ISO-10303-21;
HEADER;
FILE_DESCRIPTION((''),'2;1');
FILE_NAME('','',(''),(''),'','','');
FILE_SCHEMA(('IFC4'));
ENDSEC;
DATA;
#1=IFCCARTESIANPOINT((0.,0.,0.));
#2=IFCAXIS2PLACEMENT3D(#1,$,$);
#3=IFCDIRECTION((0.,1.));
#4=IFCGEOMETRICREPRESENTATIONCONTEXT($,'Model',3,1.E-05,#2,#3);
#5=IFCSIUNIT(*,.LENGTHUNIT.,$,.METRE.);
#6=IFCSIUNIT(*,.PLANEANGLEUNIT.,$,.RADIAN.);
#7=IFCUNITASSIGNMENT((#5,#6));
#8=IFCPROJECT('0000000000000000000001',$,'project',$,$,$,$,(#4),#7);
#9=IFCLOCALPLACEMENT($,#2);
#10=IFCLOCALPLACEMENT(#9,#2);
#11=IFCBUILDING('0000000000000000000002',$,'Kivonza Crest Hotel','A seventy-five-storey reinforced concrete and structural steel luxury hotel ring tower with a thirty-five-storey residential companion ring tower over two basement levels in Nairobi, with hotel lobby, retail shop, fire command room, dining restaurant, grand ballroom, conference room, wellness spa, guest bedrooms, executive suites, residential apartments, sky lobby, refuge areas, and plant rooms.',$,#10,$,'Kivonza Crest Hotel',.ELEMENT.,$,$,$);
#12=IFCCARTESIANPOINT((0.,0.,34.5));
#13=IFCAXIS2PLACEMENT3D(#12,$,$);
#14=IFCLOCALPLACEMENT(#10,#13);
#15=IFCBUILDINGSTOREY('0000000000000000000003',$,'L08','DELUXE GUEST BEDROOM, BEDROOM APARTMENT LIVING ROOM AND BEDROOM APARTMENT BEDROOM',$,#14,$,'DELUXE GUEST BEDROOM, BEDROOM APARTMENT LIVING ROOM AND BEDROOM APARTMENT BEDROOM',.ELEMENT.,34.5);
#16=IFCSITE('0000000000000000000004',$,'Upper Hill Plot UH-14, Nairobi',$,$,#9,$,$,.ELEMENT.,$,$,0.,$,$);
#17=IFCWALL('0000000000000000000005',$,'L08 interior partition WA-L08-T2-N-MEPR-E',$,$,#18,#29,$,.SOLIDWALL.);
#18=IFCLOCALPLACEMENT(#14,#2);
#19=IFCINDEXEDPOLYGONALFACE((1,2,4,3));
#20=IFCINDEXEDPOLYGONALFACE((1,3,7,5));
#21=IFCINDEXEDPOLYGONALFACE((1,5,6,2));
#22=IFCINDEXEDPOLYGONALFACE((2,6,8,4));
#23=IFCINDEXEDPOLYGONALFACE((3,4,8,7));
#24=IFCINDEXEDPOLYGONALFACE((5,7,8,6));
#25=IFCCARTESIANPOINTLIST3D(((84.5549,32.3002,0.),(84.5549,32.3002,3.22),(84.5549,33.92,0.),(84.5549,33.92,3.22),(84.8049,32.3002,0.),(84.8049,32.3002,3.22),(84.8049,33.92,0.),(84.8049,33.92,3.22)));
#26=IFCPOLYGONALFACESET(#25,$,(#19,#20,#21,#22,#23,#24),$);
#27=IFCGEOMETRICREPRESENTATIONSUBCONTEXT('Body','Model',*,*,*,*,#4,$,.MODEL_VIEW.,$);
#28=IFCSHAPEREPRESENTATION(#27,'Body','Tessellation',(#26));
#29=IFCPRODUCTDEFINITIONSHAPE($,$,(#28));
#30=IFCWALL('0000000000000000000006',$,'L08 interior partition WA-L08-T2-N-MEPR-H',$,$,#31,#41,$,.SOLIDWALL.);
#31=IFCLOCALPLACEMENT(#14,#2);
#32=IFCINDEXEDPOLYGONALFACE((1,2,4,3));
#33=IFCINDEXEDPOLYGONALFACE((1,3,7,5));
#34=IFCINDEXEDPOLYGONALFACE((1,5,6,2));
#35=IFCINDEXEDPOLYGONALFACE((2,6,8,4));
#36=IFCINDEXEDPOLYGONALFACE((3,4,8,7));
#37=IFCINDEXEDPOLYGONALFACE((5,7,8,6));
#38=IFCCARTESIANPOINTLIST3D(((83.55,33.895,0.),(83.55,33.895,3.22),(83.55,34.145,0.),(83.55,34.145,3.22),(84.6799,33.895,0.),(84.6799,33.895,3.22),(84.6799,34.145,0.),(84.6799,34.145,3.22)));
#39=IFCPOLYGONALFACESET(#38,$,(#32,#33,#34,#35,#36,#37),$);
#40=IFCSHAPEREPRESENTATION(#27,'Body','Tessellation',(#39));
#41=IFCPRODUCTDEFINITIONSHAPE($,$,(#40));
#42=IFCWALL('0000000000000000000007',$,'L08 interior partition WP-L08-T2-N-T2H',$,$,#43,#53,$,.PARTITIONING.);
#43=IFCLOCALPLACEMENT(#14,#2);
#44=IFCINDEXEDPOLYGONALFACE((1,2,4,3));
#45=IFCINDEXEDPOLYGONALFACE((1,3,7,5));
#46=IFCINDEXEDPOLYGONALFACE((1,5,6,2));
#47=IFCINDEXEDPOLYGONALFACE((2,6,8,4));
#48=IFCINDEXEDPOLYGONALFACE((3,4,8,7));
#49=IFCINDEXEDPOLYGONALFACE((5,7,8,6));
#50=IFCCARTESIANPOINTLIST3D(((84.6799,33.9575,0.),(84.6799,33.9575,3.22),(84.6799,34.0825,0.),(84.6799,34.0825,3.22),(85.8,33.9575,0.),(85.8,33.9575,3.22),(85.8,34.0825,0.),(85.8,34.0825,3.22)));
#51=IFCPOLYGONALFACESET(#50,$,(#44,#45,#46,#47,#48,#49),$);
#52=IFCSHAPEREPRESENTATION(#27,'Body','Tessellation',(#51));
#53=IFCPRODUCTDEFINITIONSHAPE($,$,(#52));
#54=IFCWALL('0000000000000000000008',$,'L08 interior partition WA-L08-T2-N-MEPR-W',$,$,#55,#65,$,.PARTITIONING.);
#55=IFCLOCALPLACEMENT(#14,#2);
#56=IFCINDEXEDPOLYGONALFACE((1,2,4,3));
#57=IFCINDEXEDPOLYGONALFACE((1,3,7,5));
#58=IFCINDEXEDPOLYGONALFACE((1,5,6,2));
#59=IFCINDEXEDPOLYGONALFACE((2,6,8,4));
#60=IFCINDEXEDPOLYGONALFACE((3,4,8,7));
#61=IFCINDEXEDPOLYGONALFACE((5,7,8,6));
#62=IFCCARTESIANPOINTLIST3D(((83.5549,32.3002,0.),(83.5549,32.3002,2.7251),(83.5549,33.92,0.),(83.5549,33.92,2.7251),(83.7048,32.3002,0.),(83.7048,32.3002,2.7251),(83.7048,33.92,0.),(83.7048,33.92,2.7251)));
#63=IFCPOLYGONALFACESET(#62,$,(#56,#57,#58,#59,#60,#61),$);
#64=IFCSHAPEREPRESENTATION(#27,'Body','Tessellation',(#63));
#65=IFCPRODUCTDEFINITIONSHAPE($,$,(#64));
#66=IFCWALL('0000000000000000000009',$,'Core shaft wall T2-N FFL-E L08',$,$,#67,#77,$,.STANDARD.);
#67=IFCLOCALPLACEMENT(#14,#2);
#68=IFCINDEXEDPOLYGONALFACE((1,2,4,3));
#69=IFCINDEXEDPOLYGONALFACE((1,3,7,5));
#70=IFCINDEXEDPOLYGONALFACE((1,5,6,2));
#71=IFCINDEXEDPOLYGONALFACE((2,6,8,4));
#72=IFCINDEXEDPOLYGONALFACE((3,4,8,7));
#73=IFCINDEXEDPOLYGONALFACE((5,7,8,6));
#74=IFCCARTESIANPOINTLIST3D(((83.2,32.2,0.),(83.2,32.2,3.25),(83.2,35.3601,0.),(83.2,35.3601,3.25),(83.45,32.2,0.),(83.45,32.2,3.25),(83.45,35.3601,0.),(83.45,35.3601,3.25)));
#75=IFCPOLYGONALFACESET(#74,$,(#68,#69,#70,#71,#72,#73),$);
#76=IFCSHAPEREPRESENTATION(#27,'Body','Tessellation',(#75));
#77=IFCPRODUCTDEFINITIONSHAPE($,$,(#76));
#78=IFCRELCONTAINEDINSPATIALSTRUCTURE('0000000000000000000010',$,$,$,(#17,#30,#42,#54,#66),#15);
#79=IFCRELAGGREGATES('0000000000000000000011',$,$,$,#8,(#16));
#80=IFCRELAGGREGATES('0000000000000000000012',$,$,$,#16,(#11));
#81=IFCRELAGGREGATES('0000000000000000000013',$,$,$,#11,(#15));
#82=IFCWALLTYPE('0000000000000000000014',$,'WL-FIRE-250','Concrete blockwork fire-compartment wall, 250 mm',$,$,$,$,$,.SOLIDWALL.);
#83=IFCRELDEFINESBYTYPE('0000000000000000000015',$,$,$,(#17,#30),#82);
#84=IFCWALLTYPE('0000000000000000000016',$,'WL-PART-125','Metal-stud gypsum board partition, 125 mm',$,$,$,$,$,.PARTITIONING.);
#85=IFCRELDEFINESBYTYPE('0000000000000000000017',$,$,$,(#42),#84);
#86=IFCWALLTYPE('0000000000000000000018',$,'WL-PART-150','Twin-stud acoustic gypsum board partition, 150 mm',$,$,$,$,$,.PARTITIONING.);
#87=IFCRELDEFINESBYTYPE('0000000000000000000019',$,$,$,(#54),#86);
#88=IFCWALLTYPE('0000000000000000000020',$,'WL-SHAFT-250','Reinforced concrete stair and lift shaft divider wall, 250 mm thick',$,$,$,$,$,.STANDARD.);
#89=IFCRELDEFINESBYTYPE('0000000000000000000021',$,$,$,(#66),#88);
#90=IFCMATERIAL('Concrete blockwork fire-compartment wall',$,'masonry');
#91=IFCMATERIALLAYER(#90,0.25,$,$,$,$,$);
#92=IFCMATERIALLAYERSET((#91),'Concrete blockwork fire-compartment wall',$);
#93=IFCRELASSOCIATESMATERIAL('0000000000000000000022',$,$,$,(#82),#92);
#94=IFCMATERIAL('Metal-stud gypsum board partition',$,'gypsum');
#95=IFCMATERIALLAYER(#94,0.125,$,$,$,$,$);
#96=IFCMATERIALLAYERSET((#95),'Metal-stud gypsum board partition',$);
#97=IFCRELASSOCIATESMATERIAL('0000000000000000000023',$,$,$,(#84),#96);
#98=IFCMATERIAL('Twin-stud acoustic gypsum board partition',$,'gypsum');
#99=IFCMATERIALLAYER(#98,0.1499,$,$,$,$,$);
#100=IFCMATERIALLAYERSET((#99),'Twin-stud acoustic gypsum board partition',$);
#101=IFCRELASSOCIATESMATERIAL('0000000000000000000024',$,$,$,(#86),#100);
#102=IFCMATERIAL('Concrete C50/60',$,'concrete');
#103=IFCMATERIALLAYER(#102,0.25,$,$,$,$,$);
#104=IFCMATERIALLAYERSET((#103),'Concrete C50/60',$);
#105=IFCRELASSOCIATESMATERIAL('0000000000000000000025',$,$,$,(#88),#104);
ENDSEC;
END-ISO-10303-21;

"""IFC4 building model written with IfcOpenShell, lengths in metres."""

from ifc_helpers import new_model, si_unit, direction, frame, frame_2d, origin, place, context, subcontext, project, spatial, rectangle, extrude, material, layer, layer_set, type_object, element, save


model = new_model("IFC4")

# Units and contexts
model_context = context("Model", 3, precision=1e-05, world=origin(), true_north=direction((0.0, 1.0)))
body_context = subcontext(model_context, "Body", "Model", "MODEL_VIEW")
ifc_project = project(units=[si_unit("LENGTHUNIT", "METRE"), si_unit("PLANEANGLEUNIT", "RADIAN")], contexts=[model_context])

# Site, building, storey
site_placement = place(None, origin())
site = spatial("IfcSite", under=ifc_project, at=site_placement, Name="Upper Hill Plot UH-14, Nairobi", CompositionType="ELEMENT", RefElevation=0.0)
building_placement = place(site_placement, origin())
building = spatial("IfcBuilding", under=site, at=building_placement, Name="Kivonza Crest Hotel", Description="A seventy-five-storey reinforced concrete and structural steel luxury hotel ring tower with a thirty-five-storey residential companion ring tower over two basement levels in Nairobi, with hotel lobby, retail shop, fire command room, dining restaurant, grand ballroom, conference room, wellness spa, guest bedrooms, executive suites, residential apartments, sky lobby, refuge areas, and plant rooms.", LongName="Kivonza Crest Hotel", CompositionType="ELEMENT")
storey_placement = place(building_placement, frame((0.0, 0.0, 34.5)))
storey = spatial("IfcBuildingStorey", under=building, at=storey_placement, Name="L08", Description="DELUXE GUEST BEDROOM, BEDROOM APARTMENT LIVING ROOM AND BEDROOM APARTMENT BEDROOM", LongName="DELUXE GUEST BEDROOM, BEDROOM APARTMENT LIVING ROOM AND BEDROOM APARTMENT BEDROOM", CompositionType="ELEMENT", Elevation=34.5)

# Shared definitions
ifc_material_1 = material(Name="Concrete C50/60", Category="concrete")

# Walls
ifc_material_2 = material(Name="Concrete blockwork fire-compartment wall", Category="masonry")
ifc_layer_1 = layer(ifc_material_2, 0.25)
ifc_layer_set_1 = layer_set([ifc_layer_1], Name="Concrete blockwork fire-compartment wall")
wall_type_1 = type_object("IfcWallType", Name="WL-FIRE-250", Description="Concrete blockwork fire-compartment wall, 250 mm", PredefinedType="SOLIDWALL", material=ifc_layer_set_1)
wall_1_placement = place(storey_placement, frame((84.6799, 32.3, 0.0), z_axis=(0.0, 0.0, 1.0), x_axis=(0.0, 1.0, 0.0)))
element("IfcWall", 1, at=wall_1_placement, inside=storey, type_object=wall_type_1, Name="L08 interior partition WA-L08-T2-N-MEPR-E", PredefinedType="SOLIDWALL", context=body_context, shape_type="SweptSolid", body=[
    extrude(rectangle(XDim=1.6199, YDim=0.25, at=frame_2d((0.8101, 0.0))), origin(), (0.0, 0.0, 1.0), 3.22),
])
wall_2_placement = place(storey_placement, frame((83.55, 34.02, 0.0), z_axis=(0.0, 0.0, 1.0), x_axis=(1.0, 0.0, 0.0)))
element("IfcWall", 2, at=wall_2_placement, inside=storey, type_object=wall_type_1, Name="L08 interior partition WA-L08-T2-N-MEPR-H", PredefinedType="SOLIDWALL", context=body_context, shape_type="SweptSolid", body=[
    extrude(rectangle(XDim=1.1299, YDim=0.25, at=frame_2d((0.5649, 0.0))), origin(), (0.0, 0.0, 1.0), 3.22),
])
ifc_material_3 = material(Name="Metal-stud gypsum board partition", Category="gypsum")
ifc_layer_2 = layer(ifc_material_3, 0.125)
ifc_layer_set_2 = layer_set([ifc_layer_2], Name="Metal-stud gypsum board partition")
wall_type_2 = type_object("IfcWallType", Name="WL-PART-125", Description="Metal-stud gypsum board partition, 125 mm", PredefinedType="PARTITIONING", material=ifc_layer_set_2)
wall_3_placement = place(storey_placement, frame((84.6799, 34.02, 0.0), z_axis=(0.0, 0.0, 1.0), x_axis=(1.0, 0.0, 0.0)))
element("IfcWall", 3, at=wall_3_placement, inside=storey, type_object=wall_type_2, Name="L08 interior partition WP-L08-T2-N-T2H", PredefinedType="PARTITIONING", context=body_context, shape_type="SweptSolid", body=[
    extrude(rectangle(XDim=1.1201, YDim=0.125, at=frame_2d((0.5601, 0.0))), origin(), (0.0, 0.0, 1.0), 3.22),
])
ifc_material_4 = material(Name="Twin-stud acoustic gypsum board partition", Category="gypsum")
ifc_layer_3 = layer(ifc_material_4, 0.1499)
ifc_layer_set_3 = layer_set([ifc_layer_3], Name="Twin-stud acoustic gypsum board partition")
wall_type_3 = type_object("IfcWallType", Name="WL-PART-150", Description="Twin-stud acoustic gypsum board partition, 150 mm", PredefinedType="PARTITIONING", material=ifc_layer_set_3)
wall_4_placement = place(storey_placement, frame((83.6299, 32.3, 0.0), z_axis=(0.0, 0.0, 1.0), x_axis=(0.0, 1.0, 0.0)))
element("IfcWall", 4, at=wall_4_placement, inside=storey, type_object=wall_type_3, Name="L08 interior partition WA-L08-T2-N-MEPR-W", PredefinedType="PARTITIONING", context=body_context, shape_type="SweptSolid", body=[
    extrude(rectangle(XDim=1.6199, YDim=0.1499, at=frame_2d((0.8101, 0.0))), origin(), (0.0, 0.0, 1.0), 2.7251),
])

# Shared definitions
ifc_layer_4 = layer(ifc_material_1, 0.25)
ifc_layer_set_4 = layer_set([ifc_layer_4], Name="Concrete C50/60")
wall_type_4 = type_object("IfcWallType", Name="WL-SHAFT-250", Description="Reinforced concrete stair and lift shaft divider wall, 250 mm thick", PredefinedType="STANDARD", material=ifc_layer_set_4)

# Wall
wall_5_placement = place(storey_placement, frame((83.325, 32.2, 0.0), z_axis=(0.0, 0.0, 1.0), x_axis=(0.0, 1.0, 0.0)))
element("IfcWall", 5, at=wall_5_placement, inside=storey, type_object=wall_type_4, Name="Core shaft wall T2-N FFL-E L08", PredefinedType="STANDARD", context=body_context, shape_type="SweptSolid", body=[
    extrude(rectangle(XDim=3.1602, YDim=0.25, at=frame_2d((1.5801, 0.0))), origin(), (0.0, 0.0, 1.0), 3.25),
])

save(model, "model.ifc")
